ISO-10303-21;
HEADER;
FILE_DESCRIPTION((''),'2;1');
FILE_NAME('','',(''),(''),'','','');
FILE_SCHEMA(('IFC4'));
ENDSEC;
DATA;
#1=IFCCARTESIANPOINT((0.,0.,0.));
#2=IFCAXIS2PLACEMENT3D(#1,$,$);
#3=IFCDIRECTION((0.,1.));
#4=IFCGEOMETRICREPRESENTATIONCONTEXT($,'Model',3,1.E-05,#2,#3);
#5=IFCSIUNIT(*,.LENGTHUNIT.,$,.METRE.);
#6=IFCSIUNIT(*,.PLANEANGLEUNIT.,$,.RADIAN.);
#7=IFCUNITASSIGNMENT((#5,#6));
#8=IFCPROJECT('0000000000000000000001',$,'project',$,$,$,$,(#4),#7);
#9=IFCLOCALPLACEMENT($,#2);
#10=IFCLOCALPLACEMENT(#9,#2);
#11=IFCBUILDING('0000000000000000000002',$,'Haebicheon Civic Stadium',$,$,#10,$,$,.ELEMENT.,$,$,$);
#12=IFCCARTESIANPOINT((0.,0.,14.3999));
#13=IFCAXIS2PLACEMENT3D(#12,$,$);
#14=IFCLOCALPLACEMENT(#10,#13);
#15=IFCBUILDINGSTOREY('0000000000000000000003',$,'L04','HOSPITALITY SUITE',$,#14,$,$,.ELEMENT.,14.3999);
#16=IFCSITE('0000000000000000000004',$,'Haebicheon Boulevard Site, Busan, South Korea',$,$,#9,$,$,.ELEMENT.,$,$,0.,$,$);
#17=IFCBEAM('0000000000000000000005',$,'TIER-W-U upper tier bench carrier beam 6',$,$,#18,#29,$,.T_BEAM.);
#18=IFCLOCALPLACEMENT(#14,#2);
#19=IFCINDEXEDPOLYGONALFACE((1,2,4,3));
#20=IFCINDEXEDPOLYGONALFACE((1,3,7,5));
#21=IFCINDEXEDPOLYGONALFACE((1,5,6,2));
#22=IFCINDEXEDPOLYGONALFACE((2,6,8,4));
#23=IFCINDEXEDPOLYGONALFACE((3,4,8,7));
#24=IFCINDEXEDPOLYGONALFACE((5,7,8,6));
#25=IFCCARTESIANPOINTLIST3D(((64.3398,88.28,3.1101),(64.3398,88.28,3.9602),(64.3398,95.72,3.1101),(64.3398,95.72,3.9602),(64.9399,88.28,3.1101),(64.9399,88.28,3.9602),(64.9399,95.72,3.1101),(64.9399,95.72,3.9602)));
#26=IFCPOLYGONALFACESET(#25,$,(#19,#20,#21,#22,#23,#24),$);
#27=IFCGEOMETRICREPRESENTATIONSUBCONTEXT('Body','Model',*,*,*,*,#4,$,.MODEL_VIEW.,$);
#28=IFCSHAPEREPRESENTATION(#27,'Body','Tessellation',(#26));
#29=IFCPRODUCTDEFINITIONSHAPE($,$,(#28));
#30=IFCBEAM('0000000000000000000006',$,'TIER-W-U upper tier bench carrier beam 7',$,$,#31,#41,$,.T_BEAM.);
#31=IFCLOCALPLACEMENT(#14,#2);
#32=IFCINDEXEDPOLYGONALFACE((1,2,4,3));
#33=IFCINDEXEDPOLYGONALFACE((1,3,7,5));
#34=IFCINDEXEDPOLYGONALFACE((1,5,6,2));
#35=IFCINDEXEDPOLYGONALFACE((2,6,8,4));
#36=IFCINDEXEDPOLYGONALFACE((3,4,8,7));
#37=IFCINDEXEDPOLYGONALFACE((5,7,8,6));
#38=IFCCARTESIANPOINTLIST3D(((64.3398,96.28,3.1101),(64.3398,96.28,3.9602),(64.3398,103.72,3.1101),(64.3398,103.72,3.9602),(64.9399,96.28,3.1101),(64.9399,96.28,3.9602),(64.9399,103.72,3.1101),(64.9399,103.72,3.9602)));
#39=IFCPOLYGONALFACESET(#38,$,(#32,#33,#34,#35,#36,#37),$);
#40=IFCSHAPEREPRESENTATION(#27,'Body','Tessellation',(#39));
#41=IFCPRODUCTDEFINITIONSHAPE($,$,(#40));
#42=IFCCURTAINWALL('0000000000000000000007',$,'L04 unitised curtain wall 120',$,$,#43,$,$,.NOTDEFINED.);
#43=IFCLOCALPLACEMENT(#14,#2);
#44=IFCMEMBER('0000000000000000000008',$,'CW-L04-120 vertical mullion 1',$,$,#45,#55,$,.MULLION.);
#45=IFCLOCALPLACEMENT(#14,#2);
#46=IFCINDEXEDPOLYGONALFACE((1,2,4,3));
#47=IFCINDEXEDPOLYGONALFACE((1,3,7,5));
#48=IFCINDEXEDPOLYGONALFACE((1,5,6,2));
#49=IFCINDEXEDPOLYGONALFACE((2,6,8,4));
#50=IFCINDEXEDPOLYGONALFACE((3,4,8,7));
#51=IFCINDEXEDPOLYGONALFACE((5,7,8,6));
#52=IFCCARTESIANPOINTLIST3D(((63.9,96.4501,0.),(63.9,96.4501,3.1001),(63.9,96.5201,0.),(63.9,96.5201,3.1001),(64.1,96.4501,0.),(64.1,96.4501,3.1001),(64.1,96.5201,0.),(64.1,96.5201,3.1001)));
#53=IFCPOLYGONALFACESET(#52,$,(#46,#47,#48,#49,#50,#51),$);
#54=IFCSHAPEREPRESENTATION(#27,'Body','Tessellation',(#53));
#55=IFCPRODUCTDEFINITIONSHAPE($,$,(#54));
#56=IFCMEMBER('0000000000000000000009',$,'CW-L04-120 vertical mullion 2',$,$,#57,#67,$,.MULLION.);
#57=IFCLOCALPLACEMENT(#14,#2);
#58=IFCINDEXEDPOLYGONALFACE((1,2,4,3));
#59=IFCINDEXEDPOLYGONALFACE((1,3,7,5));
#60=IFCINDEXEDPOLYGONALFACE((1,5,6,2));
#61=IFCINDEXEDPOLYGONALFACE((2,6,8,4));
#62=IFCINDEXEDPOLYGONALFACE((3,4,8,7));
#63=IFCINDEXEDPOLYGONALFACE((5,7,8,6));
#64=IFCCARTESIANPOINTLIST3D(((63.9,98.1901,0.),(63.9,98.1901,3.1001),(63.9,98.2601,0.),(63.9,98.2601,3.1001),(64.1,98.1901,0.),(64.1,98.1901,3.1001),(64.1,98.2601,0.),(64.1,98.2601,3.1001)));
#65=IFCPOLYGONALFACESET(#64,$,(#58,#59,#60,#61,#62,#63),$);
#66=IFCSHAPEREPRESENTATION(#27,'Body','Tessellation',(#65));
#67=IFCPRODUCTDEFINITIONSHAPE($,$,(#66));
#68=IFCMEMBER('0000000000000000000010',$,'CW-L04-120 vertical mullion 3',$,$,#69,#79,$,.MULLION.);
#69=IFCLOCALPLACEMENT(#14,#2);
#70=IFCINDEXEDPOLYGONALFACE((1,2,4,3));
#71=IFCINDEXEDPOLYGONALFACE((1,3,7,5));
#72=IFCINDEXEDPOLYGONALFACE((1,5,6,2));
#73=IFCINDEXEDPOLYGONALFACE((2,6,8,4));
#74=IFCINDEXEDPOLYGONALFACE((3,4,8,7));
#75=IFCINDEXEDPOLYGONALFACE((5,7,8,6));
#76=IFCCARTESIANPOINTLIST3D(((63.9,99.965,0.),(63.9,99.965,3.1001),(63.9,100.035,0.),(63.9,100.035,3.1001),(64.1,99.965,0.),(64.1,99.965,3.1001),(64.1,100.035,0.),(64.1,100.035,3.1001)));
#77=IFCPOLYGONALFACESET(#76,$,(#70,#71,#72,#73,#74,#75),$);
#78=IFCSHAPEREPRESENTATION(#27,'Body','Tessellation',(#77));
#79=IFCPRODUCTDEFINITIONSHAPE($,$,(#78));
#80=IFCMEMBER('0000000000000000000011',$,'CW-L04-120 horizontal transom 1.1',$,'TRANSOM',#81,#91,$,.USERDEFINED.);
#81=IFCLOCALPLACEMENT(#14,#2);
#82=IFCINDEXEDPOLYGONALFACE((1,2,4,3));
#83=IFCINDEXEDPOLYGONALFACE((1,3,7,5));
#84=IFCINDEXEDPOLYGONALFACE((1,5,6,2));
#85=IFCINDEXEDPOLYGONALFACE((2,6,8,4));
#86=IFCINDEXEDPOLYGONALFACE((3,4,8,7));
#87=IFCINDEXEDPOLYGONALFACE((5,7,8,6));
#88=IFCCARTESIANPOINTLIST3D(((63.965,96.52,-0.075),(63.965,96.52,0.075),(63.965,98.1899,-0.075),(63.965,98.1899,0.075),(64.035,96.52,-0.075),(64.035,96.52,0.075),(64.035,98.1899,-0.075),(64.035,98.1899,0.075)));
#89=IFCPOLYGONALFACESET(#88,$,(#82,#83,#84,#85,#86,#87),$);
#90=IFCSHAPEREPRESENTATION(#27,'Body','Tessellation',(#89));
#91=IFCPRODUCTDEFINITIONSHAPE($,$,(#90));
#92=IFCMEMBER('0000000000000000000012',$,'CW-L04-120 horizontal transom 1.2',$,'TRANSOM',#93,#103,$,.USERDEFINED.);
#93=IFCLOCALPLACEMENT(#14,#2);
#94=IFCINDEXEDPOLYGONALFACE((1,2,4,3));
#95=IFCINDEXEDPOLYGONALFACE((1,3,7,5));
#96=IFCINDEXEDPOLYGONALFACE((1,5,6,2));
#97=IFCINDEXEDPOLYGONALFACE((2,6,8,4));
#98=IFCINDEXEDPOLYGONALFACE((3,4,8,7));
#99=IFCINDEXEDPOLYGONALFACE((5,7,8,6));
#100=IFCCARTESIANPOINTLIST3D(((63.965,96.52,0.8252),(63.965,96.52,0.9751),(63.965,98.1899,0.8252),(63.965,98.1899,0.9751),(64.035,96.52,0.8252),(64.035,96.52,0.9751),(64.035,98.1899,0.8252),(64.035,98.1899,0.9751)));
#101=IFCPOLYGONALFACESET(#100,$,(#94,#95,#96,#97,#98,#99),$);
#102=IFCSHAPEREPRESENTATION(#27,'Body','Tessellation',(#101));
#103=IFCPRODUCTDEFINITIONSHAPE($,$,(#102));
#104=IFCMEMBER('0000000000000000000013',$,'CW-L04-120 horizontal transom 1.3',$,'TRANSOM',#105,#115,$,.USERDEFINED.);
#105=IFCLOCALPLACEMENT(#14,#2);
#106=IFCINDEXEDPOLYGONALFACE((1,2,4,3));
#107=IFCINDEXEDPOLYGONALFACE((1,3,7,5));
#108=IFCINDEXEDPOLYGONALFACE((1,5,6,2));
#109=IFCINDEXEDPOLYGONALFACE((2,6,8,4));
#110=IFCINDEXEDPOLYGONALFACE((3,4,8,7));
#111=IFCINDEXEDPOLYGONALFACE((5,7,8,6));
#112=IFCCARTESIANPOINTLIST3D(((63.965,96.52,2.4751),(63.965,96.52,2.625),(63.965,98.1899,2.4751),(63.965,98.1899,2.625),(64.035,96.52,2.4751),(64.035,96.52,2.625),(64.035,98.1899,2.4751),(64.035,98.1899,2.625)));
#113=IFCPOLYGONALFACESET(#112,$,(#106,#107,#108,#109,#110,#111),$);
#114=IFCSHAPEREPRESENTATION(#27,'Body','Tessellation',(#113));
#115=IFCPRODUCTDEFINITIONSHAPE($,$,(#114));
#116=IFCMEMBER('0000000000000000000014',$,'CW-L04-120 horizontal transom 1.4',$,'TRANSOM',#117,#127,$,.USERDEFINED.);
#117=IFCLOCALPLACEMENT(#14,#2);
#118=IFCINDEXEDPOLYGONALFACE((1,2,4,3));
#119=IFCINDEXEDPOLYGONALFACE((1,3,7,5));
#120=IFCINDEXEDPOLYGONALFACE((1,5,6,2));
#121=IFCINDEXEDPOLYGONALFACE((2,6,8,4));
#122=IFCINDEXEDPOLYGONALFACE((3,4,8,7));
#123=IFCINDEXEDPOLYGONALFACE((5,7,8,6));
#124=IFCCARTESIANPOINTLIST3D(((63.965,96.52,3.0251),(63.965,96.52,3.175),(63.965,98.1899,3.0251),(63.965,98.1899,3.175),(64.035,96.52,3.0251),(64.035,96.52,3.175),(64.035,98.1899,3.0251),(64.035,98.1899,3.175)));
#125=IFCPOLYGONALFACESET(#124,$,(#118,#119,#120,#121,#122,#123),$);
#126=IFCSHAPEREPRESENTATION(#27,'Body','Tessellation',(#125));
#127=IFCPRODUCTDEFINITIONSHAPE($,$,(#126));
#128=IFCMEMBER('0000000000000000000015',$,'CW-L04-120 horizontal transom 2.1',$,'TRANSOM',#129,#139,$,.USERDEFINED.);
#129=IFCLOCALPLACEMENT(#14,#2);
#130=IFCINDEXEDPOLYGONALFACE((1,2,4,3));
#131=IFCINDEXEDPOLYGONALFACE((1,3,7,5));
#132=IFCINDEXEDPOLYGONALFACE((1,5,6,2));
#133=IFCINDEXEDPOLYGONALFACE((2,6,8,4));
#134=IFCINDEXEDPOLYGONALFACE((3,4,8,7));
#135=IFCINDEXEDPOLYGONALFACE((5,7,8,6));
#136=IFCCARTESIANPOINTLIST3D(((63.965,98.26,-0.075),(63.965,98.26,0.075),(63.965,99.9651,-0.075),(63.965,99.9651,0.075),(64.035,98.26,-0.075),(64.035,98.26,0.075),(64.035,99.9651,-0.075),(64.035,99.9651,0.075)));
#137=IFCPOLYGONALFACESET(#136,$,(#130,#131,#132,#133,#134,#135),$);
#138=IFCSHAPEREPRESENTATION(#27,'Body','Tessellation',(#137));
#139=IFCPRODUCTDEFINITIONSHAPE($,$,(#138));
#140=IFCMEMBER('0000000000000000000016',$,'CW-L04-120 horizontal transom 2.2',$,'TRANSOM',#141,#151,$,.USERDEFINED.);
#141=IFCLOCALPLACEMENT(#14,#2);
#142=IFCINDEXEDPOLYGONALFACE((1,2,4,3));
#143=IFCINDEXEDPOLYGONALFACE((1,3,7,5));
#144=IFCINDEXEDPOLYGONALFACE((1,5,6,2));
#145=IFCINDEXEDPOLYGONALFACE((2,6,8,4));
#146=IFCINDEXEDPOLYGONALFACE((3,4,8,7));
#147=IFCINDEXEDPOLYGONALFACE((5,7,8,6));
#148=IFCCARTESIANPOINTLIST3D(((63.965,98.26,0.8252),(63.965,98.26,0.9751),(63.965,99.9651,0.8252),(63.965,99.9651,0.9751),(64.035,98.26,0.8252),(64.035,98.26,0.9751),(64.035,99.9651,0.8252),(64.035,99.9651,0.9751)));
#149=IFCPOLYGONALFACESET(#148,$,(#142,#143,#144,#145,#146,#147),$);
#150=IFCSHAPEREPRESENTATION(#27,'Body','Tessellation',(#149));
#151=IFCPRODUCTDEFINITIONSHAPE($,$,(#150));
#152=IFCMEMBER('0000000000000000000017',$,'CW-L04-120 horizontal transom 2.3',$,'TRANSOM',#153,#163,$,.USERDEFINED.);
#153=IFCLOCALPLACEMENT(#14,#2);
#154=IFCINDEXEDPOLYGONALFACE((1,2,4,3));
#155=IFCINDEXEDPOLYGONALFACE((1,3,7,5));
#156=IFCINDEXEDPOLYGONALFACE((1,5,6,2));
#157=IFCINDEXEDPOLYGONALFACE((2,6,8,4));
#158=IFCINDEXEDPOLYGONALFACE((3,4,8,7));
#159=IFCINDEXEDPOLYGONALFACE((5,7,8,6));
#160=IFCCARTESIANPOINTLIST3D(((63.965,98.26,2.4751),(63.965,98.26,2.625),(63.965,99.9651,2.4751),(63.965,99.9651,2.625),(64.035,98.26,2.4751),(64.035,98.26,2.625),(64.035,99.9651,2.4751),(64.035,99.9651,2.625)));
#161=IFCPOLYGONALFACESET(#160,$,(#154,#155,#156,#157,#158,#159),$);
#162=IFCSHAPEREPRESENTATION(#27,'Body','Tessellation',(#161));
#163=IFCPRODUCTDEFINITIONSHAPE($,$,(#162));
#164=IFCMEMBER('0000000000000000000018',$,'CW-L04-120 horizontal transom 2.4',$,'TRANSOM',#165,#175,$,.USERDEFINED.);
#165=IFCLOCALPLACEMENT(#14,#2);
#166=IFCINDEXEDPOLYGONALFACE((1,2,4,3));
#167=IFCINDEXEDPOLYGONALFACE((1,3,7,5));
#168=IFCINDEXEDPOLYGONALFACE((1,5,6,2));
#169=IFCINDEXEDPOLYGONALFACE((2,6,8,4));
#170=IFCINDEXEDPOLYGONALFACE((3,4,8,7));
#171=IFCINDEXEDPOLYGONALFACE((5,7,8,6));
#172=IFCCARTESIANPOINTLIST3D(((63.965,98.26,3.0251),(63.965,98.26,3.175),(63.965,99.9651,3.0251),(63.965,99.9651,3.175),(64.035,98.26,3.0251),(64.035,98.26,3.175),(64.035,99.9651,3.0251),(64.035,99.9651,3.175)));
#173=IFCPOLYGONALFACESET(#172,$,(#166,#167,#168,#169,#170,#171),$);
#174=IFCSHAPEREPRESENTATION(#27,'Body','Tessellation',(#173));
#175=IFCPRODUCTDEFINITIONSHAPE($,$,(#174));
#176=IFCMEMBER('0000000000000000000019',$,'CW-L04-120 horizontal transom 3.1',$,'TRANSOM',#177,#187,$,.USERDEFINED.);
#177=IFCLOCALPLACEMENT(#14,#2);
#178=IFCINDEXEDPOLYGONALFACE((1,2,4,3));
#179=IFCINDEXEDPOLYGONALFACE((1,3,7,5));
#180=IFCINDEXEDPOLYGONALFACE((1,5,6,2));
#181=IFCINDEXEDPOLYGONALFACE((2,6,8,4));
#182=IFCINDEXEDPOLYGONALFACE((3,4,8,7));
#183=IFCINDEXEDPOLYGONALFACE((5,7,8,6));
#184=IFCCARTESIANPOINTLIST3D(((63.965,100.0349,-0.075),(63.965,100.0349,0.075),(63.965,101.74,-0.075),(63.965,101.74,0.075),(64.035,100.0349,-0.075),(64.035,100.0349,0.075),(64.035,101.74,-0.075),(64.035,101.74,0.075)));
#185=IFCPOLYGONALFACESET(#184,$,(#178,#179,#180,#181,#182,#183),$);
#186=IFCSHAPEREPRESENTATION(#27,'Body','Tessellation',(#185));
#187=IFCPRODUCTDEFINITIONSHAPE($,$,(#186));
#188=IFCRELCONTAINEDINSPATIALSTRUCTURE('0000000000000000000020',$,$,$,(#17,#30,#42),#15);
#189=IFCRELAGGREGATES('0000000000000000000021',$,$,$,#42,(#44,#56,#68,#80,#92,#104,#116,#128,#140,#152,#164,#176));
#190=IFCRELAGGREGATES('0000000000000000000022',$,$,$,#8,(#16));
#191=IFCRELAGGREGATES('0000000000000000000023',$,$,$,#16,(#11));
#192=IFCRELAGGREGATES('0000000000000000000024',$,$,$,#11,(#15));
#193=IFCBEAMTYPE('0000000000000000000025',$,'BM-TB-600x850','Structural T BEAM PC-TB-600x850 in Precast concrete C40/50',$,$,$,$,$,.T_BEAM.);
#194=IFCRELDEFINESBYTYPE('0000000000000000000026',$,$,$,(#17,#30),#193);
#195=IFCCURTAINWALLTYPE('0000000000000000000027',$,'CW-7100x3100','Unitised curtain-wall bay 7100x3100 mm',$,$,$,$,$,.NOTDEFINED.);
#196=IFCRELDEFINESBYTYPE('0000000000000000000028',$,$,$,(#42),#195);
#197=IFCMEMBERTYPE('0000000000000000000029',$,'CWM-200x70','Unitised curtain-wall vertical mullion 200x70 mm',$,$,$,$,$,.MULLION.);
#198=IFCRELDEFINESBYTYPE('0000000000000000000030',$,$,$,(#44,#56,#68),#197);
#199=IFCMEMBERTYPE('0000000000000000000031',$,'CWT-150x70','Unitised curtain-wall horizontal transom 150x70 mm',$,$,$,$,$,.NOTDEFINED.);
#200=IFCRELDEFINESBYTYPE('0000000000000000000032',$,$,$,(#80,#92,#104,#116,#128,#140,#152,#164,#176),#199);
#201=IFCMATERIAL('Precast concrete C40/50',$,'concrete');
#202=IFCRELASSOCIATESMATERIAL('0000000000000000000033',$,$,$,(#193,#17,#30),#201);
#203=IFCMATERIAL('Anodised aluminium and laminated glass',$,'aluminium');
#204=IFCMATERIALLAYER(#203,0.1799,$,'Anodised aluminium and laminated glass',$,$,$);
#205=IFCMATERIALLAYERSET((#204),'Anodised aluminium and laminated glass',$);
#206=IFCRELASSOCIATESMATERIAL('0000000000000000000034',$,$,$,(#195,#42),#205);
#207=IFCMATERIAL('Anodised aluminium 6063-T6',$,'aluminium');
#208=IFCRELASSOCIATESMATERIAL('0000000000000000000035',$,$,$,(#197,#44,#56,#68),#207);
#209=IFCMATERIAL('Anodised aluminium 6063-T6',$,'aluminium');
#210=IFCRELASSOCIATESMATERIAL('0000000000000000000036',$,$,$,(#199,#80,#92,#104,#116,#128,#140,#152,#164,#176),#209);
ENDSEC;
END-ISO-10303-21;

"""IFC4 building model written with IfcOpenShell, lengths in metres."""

from ifc_helpers import new_model, si_unit, direction, frame, origin, origin_2d, place, context, subcontext, project, spatial, rectangle, extrude, material, layer, layer_set, material_profile, profile_set, type_object, element, aggregate, save


model = new_model("IFC4")

# Units and contexts
model_context = context("Model", 3, precision=1e-05, world=origin(), true_north=direction((0.0, 1.0)))
body_context = subcontext(model_context, "Body", "Model", "MODEL_VIEW")
ifc_project = project(units=[si_unit("LENGTHUNIT", "METRE"), si_unit("PLANEANGLEUNIT", "RADIAN")], contexts=[model_context])

# Site, building, storey
site_placement = place(None, origin())
site = spatial("IfcSite", under=ifc_project, at=site_placement, Name="Haebicheon Boulevard Site, Busan, South Korea", CompositionType="ELEMENT", RefElevation=0.0)
building_placement = place(site_placement, origin())
building = spatial("IfcBuilding", under=site, at=building_placement, Name="Haebicheon Civic Stadium", CompositionType="ELEMENT")
storey_placement = place(building_placement, frame((0.0, 0.0, 14.3999)))
storey = spatial("IfcBuildingStorey", under=building, at=storey_placement, Name="L04", Description="HOSPITALITY SUITE", CompositionType="ELEMENT", Elevation=14.3999)

# Beams
ifc_material_1 = material(Name="Precast concrete C40/50", Category="concrete")
ifc_material_profile_1 = material_profile(ifc_material_1, rectangle(XDim=0.6001, YDim=0.8501, at=origin_2d()), Name="PC-TB-600x850")
ifc_profile_set_1 = profile_set([ifc_material_profile_1], Name="Precast concrete C40/50")
beam_type_1 = type_object("IfcBeamType", Name="BM-TB-600x850", Description="Structural T BEAM PC-TB-600x850 in Precast concrete C40/50", PredefinedType="T_BEAM", material=ifc_profile_set_1)
for number, where, z_axis, x_axis, name in (
    (1, (64.6399, 88.28, 3.5352), (0.0, 1.0, 0.0), (-1.0, 0.0, 0.0), "TIER-W-U upper tier bench carrier beam 6"),
    (2, (64.6399, 96.28, 3.5352), (0.0, 1.0, 0.0), (-1.0, 0.0, 0.0), "TIER-W-U upper tier bench carrier beam 7"),
):
    element("IfcBeam", number, at=place(storey_placement, frame(where, z_axis=z_axis, x_axis=x_axis)), inside=storey, type_object=beam_type_1, material=ifc_profile_set_1, Name=name, PredefinedType="T_BEAM", context=body_context, shape_type="SweptSolid", body=[
        extrude(rectangle(XDim=0.6001, YDim=0.8501, at=origin_2d()), origin(), (0.0, 0.0, 1.0), 7.4399),
    ])

# Curtain wall, members
ifc_material_2 = material(Name="Anodised aluminium and laminated glass", Category="aluminium")
ifc_layer_1 = layer(ifc_material_2, 0.1799, Name="Anodised aluminium and laminated glass")
ifc_layer_set_1 = layer_set([ifc_layer_1], Name="Anodised aluminium and laminated glass")
curtain_wall_type = type_object("IfcCurtainWallType", Name="CW-7100x3100", Description="Unitised curtain-wall bay 7100x3100 mm", PredefinedType="NOTDEFINED", material=ifc_layer_set_1)
curtain_wall_placement = place(storey_placement, origin())
curtain_wall = element("IfcCurtainWall", 3, at=curtain_wall_placement, inside=storey, type_object=curtain_wall_type, material=ifc_layer_set_1, Name="L04 unitised curtain wall 120", PredefinedType="NOTDEFINED")
ifc_material_3 = material(Name="Anodised aluminium 6063-T6", Category="aluminium")
ifc_material_profile_2 = material_profile(ifc_material_3, rectangle(XDim=0.0701, YDim=0.2, at=origin_2d()), Name="ALU-MULL-70x200")
ifc_profile_set_2 = profile_set([ifc_material_profile_2], Name="Anodised aluminium 6063-T6")
member_type_1 = type_object("IfcMemberType", Name="CWM-200x70", Description="Unitised curtain-wall vertical mullion 200x70 mm", PredefinedType="MULLION", material=ifc_profile_set_2)
member_1_placement = place(storey_placement, frame((64.0, 96.4851, 0.0), z_axis=(0.0, 0.0, 1.0), x_axis=(0.0, 1.0, 0.0)))
member_1 = element("IfcMember", 4, at=member_1_placement, type_object=member_type_1, material=ifc_profile_set_2, Name="CW-L04-120 vertical mullion 1", PredefinedType="MULLION", context=body_context, shape_type="SweptSolid", body=[
    extrude(rectangle(XDim=0.0701, YDim=0.2, at=origin_2d()), origin(), (0.0, 0.0, 1.0), 3.1001),
])
member_2_placement = place(storey_placement, frame((64.0, 98.2251, 0.0), z_axis=(0.0, 0.0, 1.0), x_axis=(0.0, 1.0, 0.0)))
member_2 = element("IfcMember", 5, at=member_2_placement, type_object=member_type_1, material=ifc_profile_set_2, Name="CW-L04-120 vertical mullion 2", PredefinedType="MULLION", context=body_context, shape_type="SweptSolid", body=[
    extrude(rectangle(XDim=0.0701, YDim=0.2, at=origin_2d()), origin(), (0.0, 0.0, 1.0), 3.1001),
])
member_3_placement = place(storey_placement, frame((64.0, 100.0, 0.0), z_axis=(0.0, 0.0, 1.0), x_axis=(0.0, 1.0, 0.0)))
member_3 = element("IfcMember", 6, at=member_3_placement, type_object=member_type_1, material=ifc_profile_set_2, Name="CW-L04-120 vertical mullion 3", PredefinedType="MULLION", context=body_context, shape_type="SweptSolid", body=[
    extrude(rectangle(XDim=0.0701, YDim=0.2, at=origin_2d()), origin(), (0.0, 0.0, 1.0), 3.1001),
])
ifc_material_4 = material(Name="Anodised aluminium 6063-T6", Category="aluminium")
ifc_material_profile_3 = material_profile(ifc_material_4, rectangle(XDim=0.0701, YDim=0.1499, at=origin_2d()), Name="ALU-TRAN-70x150")
ifc_profile_set_3 = profile_set([ifc_material_profile_3], Name="Anodised aluminium 6063-T6")
member_type_2 = type_object("IfcMemberType", Name="CWT-150x70", Description="Unitised curtain-wall horizontal transom 150x70 mm", PredefinedType="NOTDEFINED", material=ifc_profile_set_3)
member_4_placement = place(storey_placement, frame((64.0, 96.52, 0.0), z_axis=(0.0, 1.0, 0.0), x_axis=(-1.0, 0.0, 0.0)))
member_4 = element("IfcMember", 7, at=member_4_placement, type_object=member_type_2, material=ifc_profile_set_3, Name="CW-L04-120 horizontal transom 1.1", ObjectType="TRANSOM", PredefinedType="USERDEFINED", context=body_context, shape_type="SweptSolid", body=[
    extrude(rectangle(XDim=0.0701, YDim=0.1499, at=origin_2d()), origin(), (0.0, 0.0, 1.0), 1.6699),
])
member_5_placement = place(storey_placement, frame((64.0, 96.52, 0.9001), z_axis=(0.0, 1.0, 0.0), x_axis=(-1.0, 0.0, 0.0)))
member_5 = element("IfcMember", 8, at=member_5_placement, type_object=member_type_2, material=ifc_profile_set_3, Name="CW-L04-120 horizontal transom 1.2", ObjectType="TRANSOM", PredefinedType="USERDEFINED", context=body_context, shape_type="SweptSolid", body=[
    extrude(rectangle(XDim=0.0701, YDim=0.1499, at=origin_2d()), origin(), (0.0, 0.0, 1.0), 1.6699),
])
member_6_placement = place(storey_placement, frame((64.0, 96.52, 2.55), z_axis=(0.0, 1.0, 0.0), x_axis=(-1.0, 0.0, 0.0)))
member_6 = element("IfcMember", 9, at=member_6_placement, type_object=member_type_2, material=ifc_profile_set_3, Name="CW-L04-120 horizontal transom 1.3", ObjectType="TRANSOM", PredefinedType="USERDEFINED", context=body_context, shape_type="SweptSolid", body=[
    extrude(rectangle(XDim=0.0701, YDim=0.1499, at=origin_2d()), origin(), (0.0, 0.0, 1.0), 1.6699),
])
member_7_placement = place(storey_placement, frame((64.0, 96.52, 3.1001), z_axis=(0.0, 1.0, 0.0), x_axis=(-1.0, 0.0, 0.0)))
member_7 = element("IfcMember", 10, at=member_7_placement, type_object=member_type_2, material=ifc_profile_set_3, Name="CW-L04-120 horizontal transom 1.4", ObjectType="TRANSOM", PredefinedType="USERDEFINED", context=body_context, shape_type="SweptSolid", body=[
    extrude(rectangle(XDim=0.0701, YDim=0.1499, at=origin_2d()), origin(), (0.0, 0.0, 1.0), 1.6699),
])
member_8_placement = place(storey_placement, frame((64.0, 98.26, 0.0), z_axis=(0.0, 1.0, 0.0), x_axis=(-1.0, 0.0, 0.0)))
member_8 = element("IfcMember", 11, at=member_8_placement, type_object=member_type_2, material=ifc_profile_set_3, Name="CW-L04-120 horizontal transom 2.1", ObjectType="TRANSOM", PredefinedType="USERDEFINED", context=body_context, shape_type="SweptSolid", body=[
    extrude(rectangle(XDim=0.0701, YDim=0.1499, at=origin_2d()), origin(), (0.0, 0.0, 1.0), 1.7051),
])
member_9_placement = place(storey_placement, frame((64.0, 98.26, 0.9001), z_axis=(0.0, 1.0, 0.0), x_axis=(-1.0, 0.0, 0.0)))
member_9 = element("IfcMember", 12, at=member_9_placement, type_object=member_type_2, material=ifc_profile_set_3, Name="CW-L04-120 horizontal transom 2.2", ObjectType="TRANSOM", PredefinedType="USERDEFINED", context=body_context, shape_type="SweptSolid", body=[
    extrude(rectangle(XDim=0.0701, YDim=0.1499, at=origin_2d()), origin(), (0.0, 0.0, 1.0), 1.7051),
])
member_10_placement = place(storey_placement, frame((64.0, 98.26, 2.55), z_axis=(0.0, 1.0, 0.0), x_axis=(-1.0, 0.0, 0.0)))
member_10 = element("IfcMember", 13, at=member_10_placement, type_object=member_type_2, material=ifc_profile_set_3, Name="CW-L04-120 horizontal transom 2.3", ObjectType="TRANSOM", PredefinedType="USERDEFINED", context=body_context, shape_type="SweptSolid", body=[
    extrude(rectangle(XDim=0.0701, YDim=0.1499, at=origin_2d()), origin(), (0.0, 0.0, 1.0), 1.7051),
])
member_11_placement = place(storey_placement, frame((64.0, 98.26, 3.1001), z_axis=(0.0, 1.0, 0.0), x_axis=(-1.0, 0.0, 0.0)))
member_11 = element("IfcMember", 14, at=member_11_placement, type_object=member_type_2, material=ifc_profile_set_3, Name="CW-L04-120 horizontal transom 2.4", ObjectType="TRANSOM", PredefinedType="USERDEFINED", context=body_context, shape_type="SweptSolid", body=[
    extrude(rectangle(XDim=0.0701, YDim=0.1499, at=origin_2d()), origin(), (0.0, 0.0, 1.0), 1.7051),
])
member_12_placement = place(storey_placement, frame((64.0, 100.0349, 0.0), z_axis=(0.0, 1.0, 0.0), x_axis=(-1.0, 0.0, 0.0)))
member_12 = element("IfcMember", 15, at=member_12_placement, type_object=member_type_2, material=ifc_profile_set_3, Name="CW-L04-120 horizontal transom 3.1", ObjectType="TRANSOM", PredefinedType="USERDEFINED", context=body_context, shape_type="SweptSolid", body=[
    extrude(rectangle(XDim=0.0701, YDim=0.1499, at=origin_2d()), origin(), (0.0, 0.0, 1.0), 1.7051),
])

aggregate(curtain_wall, [member_1, member_2, member_3, member_4, member_5, member_6, member_7, member_8, member_9, member_10, member_11, member_12])

save(model, "model.ifc")
